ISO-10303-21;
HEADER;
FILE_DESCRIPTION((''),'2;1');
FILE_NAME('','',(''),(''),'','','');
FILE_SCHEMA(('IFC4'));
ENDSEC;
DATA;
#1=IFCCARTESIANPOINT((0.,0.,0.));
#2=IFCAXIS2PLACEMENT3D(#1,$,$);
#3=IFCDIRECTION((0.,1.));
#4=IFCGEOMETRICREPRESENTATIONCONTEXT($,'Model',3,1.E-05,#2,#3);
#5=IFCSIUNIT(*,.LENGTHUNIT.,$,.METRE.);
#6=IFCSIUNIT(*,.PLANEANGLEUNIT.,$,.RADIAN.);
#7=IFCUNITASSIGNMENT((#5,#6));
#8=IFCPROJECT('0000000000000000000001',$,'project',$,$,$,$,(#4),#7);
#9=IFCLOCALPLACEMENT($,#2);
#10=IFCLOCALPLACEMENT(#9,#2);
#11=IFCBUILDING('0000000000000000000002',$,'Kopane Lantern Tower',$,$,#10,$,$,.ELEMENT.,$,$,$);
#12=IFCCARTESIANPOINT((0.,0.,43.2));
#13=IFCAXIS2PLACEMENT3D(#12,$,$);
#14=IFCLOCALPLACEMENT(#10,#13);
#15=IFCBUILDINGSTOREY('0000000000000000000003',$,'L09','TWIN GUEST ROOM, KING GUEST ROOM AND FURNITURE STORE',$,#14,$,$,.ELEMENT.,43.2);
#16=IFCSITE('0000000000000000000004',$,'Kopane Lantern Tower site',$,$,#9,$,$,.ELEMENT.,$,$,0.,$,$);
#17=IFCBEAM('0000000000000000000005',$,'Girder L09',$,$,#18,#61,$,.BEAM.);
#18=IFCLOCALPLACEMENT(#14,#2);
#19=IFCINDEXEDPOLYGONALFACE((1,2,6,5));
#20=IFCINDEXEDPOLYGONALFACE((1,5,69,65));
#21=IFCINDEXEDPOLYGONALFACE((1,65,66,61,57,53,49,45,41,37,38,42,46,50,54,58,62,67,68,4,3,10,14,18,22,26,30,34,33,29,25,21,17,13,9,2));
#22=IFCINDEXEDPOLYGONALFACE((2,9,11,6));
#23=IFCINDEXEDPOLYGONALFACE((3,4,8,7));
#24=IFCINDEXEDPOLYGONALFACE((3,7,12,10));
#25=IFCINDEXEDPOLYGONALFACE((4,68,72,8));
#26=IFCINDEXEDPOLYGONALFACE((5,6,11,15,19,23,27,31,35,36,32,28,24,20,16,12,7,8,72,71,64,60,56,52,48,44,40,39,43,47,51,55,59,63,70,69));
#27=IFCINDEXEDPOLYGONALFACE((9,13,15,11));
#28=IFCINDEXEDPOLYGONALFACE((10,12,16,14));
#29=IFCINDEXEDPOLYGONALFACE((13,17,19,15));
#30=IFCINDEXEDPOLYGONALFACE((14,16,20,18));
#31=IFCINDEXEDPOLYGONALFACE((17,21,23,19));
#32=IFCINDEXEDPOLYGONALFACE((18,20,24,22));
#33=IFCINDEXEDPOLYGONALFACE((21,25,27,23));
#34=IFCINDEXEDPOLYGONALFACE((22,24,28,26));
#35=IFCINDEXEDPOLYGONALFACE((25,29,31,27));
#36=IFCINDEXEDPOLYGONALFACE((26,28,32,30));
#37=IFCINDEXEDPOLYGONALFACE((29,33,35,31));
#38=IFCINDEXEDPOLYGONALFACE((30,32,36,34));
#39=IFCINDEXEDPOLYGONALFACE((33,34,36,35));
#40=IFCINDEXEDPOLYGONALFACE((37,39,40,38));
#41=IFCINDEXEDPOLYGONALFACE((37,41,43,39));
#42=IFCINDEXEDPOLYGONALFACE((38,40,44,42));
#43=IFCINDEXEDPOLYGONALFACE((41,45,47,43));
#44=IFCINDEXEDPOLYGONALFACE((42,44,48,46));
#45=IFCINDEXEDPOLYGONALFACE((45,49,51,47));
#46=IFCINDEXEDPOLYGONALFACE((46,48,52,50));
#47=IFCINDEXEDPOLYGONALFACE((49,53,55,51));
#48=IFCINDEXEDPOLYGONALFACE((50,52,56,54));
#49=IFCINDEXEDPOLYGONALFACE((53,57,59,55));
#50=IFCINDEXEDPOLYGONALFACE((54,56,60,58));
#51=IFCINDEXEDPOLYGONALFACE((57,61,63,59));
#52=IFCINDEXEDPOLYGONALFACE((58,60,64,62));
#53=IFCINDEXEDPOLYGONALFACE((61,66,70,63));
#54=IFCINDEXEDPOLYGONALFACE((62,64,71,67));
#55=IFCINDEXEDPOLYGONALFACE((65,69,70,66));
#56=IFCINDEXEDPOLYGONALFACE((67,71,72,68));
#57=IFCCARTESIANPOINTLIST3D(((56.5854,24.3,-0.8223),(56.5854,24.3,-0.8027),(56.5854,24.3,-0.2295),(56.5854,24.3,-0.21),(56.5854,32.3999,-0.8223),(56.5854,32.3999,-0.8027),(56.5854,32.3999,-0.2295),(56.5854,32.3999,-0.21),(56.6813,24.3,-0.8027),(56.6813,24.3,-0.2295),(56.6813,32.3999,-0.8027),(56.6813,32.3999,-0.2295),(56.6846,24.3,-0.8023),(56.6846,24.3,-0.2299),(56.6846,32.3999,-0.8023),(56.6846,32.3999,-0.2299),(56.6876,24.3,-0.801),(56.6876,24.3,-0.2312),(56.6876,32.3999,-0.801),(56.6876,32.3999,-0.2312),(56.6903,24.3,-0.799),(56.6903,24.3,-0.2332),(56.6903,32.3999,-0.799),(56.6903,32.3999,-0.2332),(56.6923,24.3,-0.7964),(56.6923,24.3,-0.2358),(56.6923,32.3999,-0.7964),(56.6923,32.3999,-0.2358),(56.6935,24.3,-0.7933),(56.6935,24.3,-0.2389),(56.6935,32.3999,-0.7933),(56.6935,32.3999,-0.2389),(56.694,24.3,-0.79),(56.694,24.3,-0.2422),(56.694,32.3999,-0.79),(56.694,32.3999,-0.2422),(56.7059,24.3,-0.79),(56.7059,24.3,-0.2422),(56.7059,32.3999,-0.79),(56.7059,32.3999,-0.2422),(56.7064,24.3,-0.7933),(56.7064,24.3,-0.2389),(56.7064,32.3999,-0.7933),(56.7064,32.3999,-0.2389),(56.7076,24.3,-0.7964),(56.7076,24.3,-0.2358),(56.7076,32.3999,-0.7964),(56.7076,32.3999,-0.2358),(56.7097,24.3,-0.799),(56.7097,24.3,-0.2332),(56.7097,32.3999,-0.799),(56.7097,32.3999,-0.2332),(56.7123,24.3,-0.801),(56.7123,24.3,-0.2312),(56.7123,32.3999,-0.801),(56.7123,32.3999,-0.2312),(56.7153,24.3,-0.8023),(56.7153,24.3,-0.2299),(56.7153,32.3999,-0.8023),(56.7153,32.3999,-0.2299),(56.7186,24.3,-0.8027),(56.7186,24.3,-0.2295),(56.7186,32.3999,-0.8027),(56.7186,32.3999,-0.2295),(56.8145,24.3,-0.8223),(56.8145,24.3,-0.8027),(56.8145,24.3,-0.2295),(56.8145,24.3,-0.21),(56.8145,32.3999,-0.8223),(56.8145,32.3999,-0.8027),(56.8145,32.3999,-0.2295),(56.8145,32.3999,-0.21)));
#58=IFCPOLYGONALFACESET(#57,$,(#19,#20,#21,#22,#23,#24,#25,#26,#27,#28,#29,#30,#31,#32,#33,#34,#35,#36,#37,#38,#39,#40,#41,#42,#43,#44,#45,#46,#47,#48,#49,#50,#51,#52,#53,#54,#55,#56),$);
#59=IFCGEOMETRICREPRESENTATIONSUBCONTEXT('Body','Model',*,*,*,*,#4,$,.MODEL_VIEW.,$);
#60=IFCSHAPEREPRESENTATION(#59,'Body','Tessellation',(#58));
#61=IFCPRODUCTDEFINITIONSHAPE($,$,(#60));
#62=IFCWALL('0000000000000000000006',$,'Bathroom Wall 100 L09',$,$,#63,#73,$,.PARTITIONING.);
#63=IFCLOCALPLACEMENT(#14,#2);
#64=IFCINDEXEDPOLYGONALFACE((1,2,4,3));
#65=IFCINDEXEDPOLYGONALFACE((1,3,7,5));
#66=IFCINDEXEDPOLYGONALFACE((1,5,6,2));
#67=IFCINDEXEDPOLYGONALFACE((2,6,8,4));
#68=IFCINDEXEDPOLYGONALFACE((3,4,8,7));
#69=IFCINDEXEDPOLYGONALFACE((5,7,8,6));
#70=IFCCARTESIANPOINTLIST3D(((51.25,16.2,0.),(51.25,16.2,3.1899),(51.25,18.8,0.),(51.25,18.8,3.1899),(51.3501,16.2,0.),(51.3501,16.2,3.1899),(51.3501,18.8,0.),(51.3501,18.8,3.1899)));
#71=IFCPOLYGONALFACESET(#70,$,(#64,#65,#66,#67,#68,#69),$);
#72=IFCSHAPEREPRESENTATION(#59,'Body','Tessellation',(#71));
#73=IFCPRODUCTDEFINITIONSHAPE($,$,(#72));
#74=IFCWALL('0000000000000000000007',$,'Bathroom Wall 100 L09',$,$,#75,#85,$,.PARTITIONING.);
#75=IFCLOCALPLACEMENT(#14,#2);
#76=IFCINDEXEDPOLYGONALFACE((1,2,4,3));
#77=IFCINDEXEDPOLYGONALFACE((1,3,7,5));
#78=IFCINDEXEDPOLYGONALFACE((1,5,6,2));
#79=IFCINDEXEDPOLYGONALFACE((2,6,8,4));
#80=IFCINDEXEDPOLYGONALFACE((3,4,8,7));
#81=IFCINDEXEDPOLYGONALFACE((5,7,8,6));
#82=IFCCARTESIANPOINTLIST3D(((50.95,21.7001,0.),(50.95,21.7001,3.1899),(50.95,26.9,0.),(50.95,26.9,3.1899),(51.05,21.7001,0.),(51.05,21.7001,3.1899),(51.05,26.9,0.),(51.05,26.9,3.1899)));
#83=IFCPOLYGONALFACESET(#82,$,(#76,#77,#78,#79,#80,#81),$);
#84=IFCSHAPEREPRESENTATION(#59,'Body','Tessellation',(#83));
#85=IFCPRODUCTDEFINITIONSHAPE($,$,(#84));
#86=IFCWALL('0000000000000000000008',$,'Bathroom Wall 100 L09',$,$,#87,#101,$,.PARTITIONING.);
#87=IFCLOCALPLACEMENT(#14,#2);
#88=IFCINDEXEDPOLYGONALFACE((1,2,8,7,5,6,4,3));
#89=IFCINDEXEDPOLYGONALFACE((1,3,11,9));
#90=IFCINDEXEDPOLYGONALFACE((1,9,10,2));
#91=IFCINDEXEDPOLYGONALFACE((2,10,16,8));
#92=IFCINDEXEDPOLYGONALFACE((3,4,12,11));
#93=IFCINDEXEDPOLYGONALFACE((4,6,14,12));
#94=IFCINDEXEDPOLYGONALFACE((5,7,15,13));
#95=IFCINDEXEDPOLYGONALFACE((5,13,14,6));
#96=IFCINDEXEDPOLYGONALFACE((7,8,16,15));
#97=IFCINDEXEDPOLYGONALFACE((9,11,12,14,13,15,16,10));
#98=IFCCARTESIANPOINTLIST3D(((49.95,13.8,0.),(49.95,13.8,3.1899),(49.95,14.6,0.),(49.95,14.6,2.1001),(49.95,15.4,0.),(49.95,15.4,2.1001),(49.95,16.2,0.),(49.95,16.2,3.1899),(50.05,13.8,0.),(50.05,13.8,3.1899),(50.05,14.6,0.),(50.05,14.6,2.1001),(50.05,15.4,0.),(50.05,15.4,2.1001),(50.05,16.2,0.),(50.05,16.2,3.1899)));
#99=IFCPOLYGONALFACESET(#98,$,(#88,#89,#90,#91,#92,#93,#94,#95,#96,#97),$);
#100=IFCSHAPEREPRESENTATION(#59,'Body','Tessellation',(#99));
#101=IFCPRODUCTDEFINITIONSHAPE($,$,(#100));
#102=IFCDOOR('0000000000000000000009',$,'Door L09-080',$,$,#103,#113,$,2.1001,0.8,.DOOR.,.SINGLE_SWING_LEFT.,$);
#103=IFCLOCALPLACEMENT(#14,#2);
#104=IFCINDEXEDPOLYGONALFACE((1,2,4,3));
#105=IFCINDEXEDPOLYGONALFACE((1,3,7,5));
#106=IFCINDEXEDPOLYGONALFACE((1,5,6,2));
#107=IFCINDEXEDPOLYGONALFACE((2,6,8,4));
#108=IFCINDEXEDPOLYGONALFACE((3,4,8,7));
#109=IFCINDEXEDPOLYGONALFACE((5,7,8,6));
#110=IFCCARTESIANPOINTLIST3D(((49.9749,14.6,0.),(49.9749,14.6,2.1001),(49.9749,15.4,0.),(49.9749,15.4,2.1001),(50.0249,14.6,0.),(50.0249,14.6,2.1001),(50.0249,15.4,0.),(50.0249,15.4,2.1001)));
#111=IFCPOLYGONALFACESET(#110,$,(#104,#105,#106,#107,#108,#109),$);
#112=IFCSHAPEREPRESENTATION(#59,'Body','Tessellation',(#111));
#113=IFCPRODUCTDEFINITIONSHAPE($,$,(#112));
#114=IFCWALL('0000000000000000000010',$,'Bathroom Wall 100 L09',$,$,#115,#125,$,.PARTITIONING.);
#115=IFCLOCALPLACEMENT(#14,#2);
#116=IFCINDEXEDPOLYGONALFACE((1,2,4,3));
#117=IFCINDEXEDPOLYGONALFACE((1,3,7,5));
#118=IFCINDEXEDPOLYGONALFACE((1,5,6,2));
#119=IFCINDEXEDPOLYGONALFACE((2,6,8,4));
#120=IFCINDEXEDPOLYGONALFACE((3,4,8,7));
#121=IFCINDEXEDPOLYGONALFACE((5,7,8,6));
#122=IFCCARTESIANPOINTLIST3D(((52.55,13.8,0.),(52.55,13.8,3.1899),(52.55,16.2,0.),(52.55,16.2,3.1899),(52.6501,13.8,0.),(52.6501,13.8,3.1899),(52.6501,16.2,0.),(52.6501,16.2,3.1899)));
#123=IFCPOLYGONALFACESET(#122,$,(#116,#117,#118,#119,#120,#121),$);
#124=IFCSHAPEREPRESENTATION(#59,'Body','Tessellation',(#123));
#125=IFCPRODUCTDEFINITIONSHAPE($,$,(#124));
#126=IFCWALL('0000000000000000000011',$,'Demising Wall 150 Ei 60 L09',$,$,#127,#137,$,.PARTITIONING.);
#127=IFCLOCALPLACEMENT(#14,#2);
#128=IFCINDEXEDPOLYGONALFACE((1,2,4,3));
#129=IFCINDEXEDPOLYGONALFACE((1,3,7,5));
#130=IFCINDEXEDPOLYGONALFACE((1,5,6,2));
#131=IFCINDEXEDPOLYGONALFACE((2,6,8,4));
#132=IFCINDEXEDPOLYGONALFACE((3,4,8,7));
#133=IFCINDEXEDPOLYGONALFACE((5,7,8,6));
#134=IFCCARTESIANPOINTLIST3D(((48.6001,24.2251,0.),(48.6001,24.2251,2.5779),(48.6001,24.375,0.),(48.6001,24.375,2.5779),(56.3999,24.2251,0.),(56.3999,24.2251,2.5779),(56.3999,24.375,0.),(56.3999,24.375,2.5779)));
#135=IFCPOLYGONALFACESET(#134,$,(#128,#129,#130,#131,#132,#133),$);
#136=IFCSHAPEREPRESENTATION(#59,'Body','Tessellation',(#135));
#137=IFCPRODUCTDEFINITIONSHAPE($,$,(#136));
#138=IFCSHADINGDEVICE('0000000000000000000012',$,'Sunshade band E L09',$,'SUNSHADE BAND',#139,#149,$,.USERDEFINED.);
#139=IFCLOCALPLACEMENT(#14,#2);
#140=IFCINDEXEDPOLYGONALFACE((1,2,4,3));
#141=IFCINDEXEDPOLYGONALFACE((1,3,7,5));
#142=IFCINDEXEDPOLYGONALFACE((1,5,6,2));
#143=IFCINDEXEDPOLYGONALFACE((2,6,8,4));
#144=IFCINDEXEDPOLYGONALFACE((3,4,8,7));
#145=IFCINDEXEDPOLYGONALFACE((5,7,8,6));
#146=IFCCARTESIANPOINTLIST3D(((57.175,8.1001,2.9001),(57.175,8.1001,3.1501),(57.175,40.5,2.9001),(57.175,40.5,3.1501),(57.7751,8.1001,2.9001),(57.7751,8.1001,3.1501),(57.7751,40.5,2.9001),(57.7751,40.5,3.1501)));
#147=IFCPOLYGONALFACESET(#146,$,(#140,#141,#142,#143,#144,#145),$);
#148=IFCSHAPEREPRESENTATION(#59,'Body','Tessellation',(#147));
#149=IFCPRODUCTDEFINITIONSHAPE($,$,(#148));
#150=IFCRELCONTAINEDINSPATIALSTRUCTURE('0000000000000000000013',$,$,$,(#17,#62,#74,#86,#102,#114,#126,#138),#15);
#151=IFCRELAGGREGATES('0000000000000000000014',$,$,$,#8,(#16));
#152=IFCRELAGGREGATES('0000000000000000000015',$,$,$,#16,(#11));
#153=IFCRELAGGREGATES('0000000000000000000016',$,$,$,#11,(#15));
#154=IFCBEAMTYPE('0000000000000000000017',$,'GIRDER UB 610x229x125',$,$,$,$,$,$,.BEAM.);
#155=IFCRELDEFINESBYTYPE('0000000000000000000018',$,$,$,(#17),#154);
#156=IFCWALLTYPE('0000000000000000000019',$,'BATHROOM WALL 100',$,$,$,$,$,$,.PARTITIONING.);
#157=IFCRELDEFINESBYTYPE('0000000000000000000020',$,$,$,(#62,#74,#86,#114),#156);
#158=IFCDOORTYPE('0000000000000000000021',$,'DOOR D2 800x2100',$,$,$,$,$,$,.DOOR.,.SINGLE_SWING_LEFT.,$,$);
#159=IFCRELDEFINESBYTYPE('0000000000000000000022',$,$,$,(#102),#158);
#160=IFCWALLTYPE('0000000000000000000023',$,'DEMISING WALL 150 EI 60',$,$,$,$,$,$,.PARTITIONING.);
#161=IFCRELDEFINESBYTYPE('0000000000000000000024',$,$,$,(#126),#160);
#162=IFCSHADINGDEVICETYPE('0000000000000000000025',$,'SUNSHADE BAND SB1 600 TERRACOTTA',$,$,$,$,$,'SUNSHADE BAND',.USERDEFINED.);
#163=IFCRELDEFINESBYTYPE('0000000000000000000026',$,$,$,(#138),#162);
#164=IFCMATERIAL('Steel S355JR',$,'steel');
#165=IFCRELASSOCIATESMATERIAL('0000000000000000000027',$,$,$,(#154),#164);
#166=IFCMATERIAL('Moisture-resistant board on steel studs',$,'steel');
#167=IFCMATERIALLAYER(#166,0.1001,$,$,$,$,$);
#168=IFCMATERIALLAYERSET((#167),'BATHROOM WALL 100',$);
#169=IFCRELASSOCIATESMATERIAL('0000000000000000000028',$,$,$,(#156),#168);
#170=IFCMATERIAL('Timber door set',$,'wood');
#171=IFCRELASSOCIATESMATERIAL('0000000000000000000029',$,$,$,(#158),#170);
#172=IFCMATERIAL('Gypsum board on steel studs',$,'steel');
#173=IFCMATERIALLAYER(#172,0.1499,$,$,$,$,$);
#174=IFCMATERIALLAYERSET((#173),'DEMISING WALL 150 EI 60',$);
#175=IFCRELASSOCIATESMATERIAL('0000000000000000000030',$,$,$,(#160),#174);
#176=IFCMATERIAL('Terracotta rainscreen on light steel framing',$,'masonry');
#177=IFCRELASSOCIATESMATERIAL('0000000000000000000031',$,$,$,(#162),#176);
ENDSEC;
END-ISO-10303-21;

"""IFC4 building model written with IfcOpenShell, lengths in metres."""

from ifc_helpers import new_model, si_unit, direction, frame, frame_2d, origin, origin_2d, place, context, subcontext, project, spatial, rectangle, i_section, extrude, material, layer, layer_set, material_profile, profile_set, type_object, element, fill, save


model = new_model("IFC4")

# Units and contexts
model_context = context("Model", 3, precision=1e-05, world=origin(), true_north=direction((0.0, 1.0)))
body_context = subcontext(model_context, "Body", "Model", "MODEL_VIEW")
ifc_project = project(units=[si_unit("LENGTHUNIT", "METRE"), si_unit("PLANEANGLEUNIT", "RADIAN")], contexts=[model_context])

# Site, building, storey
site_placement = place(None, origin())
site = spatial("IfcSite", under=ifc_project, at=site_placement, Name="Kopane Lantern Tower site", CompositionType="ELEMENT", RefElevation=0.0)
building_placement = place(site_placement, origin())
building = spatial("IfcBuilding", under=site, at=building_placement, Name="Kopane Lantern Tower", CompositionType="ELEMENT")
storey_placement = place(building_placement, frame((0.0, 0.0, 43.2)))
storey = spatial("IfcBuildingStorey", under=building, at=storey_placement, Name="L09", Description="TWIN GUEST ROOM, KING GUEST ROOM AND FURNITURE STORE", CompositionType="ELEMENT", Elevation=43.2)

# Beam
ifc_material_1 = material(Name="Steel S355JR", Category="steel")
ifc_material_profile_1 = material_profile(ifc_material_1, i_section(OverallWidth=0.229, OverallDepth=0.6123, WebThickness=0.012, FlangeThickness=0.0195, FilletRadius=0.0127, at=origin_2d()), Name="UB 610x229x125")
ifc_profile_set_1 = profile_set([ifc_material_profile_1], Name="Steel S355JR")
beam_type = type_object("IfcBeamType", Name="GIRDER UB 610x229x125", PredefinedType="BEAM", material=ifc_profile_set_1)
beam_1_placement = place(storey_placement, frame((56.7, 24.3, -0.5161), z_axis=(0.0, 1.0, 0.0), x_axis=(-1.0, 0.0, 0.0)))
element("IfcBeam", 1, at=beam_1_placement, inside=storey, type_object=beam_type, Name="Girder L09", PredefinedType="BEAM", context=body_context, shape_type="SweptSolid", body=[
    extrude(i_section(OverallWidth=0.229, OverallDepth=0.6123, WebThickness=0.012, FlangeThickness=0.0195, FilletRadius=0.0127, at=origin_2d()), origin(), (0.0, 0.0, 1.0), 8.0999),
])

# Walls
ifc_material_2 = material(Name="Moisture-resistant board on steel studs", Category="steel")
ifc_layer_1 = layer(ifc_material_2, 0.1001)
ifc_layer_set_1 = layer_set([ifc_layer_1], Name="BATHROOM WALL 100")
wall_type_1 = type_object("IfcWallType", Name="BATHROOM WALL 100", PredefinedType="PARTITIONING", material=ifc_layer_set_1)
wall_1_placement = place(storey_placement, frame((51.3, 16.2, 0.0), z_axis=(0.0, 0.0, 1.0), x_axis=(0.0, 1.0, 0.0)))
element("IfcWall", 2, at=wall_1_placement, inside=storey, type_object=wall_type_1, Name="Bathroom Wall 100 L09", PredefinedType="PARTITIONING", context=body_context, shape_type="SweptSolid", body=[
    extrude(rectangle(XDim=2.6001, YDim=0.1001, at=frame_2d((1.3, 0.0))), origin(), (0.0, 0.0, 1.0), 3.1899),
])
wall_2_placement = place(storey_placement, frame((51.0, 21.7, 0.0), z_axis=(0.0, 0.0, 1.0), x_axis=(0.0, 1.0, 0.0)))
element("IfcWall", 3, at=wall_2_placement, inside=storey, type_object=wall_type_1, Name="Bathroom Wall 100 L09", PredefinedType="PARTITIONING", context=body_context, shape_type="SweptSolid", body=[
    extrude(rectangle(XDim=5.2, YDim=0.1001, at=frame_2d((2.6001, 0.0))), origin(), (0.0, 0.0, 1.0), 3.1899),
])

# Wall, opening, door
wall_3_placement = place(storey_placement, frame((50.0, 16.2, 0.0), z_axis=(0.0, 0.0, 1.0), x_axis=(0.0, -1.0, 0.0)))
wall_3 = element("IfcWall", 4, at=wall_3_placement, inside=storey, type_object=wall_type_1, Name="Bathroom Wall 100 L09", PredefinedType="PARTITIONING", context=body_context, shape_type="SweptSolid", body=[
    extrude(rectangle(XDim=2.3999, YDim=0.1001, at=frame_2d((1.2, 0.0))), origin(), (0.0, 0.0, 1.0), 3.1899),
])
opening_placement = place(wall_3_placement, frame((0.8, 0.0, 0.0)))
opening = element("IfcOpeningElement", 5, at=opening_placement, cuts=wall_3, PredefinedType="OPENING", context=body_context, shape_type="SweptSolid", body=[
    extrude(rectangle(XDim=0.8, YDim=2.1001, at=frame_2d((0.3999, 1.05))), frame((0.0, 0.0601, 0.0), z_axis=(0.0, -1.0, 0.0), x_axis=(1.0, 0.0, 0.0)), (0.0, 0.0, 1.0), 0.1201),
])
ifc_material_3 = material(Name="Timber door set", Category="wood")
door_type = type_object("IfcDoorType", Name="DOOR D2 800x2100", OperationType="SINGLE_SWING_LEFT", PredefinedType="DOOR", material=ifc_material_3)
door_placement = place(opening_placement, origin())
door = element("IfcDoor", 6, at=door_placement, inside=storey, type_object=door_type, Name="Door L09-080", OperationType="SINGLE_SWING_LEFT", OverallHeight=2.1001, OverallWidth=0.8, PredefinedType="DOOR", context=body_context, shape_type="SweptSolid", body=[
    extrude(rectangle(XDim=0.8, YDim=2.1001, at=frame_2d((0.3999, 1.05))), frame((0.0, 0.0249, 0.0), z_axis=(0.0, -1.0, 0.0), x_axis=(1.0, 0.0, 0.0)), (0.0, 0.0, 1.0), 0.05),
])
fill(opening, door)

# Walls
wall_4_placement = place(storey_placement, frame((52.6001, 16.2, 0.0), z_axis=(0.0, 0.0, 1.0), x_axis=(0.0, -1.0, 0.0)))
element("IfcWall", 7, at=wall_4_placement, inside=storey, type_object=wall_type_1, Name="Bathroom Wall 100 L09", PredefinedType="PARTITIONING", context=body_context, shape_type="SweptSolid", body=[
    extrude(rectangle(XDim=2.3999, YDim=0.1001, at=frame_2d((1.2, 0.0))), origin(), (0.0, 0.0, 1.0), 3.1899),
])
ifc_material_4 = material(Name="Gypsum board on steel studs", Category="steel")
ifc_layer_2 = layer(ifc_material_4, 0.1499)
ifc_layer_set_2 = layer_set([ifc_layer_2], Name="DEMISING WALL 150 EI 60")
wall_type_2 = type_object("IfcWallType", Name="DEMISING WALL 150 EI 60", PredefinedType="PARTITIONING", material=ifc_layer_set_2)
wall_5_placement = place(storey_placement, frame((48.6001, 24.3, 0.0), z_axis=(0.0, 0.0, 1.0), x_axis=(1.0, 0.0, 0.0)))
element("IfcWall", 8, at=wall_5_placement, inside=storey, type_object=wall_type_2, Name="Demising Wall 150 Ei 60 L09", PredefinedType="PARTITIONING", context=body_context, shape_type="SweptSolid", body=[
    extrude(rectangle(XDim=7.7998, YDim=0.1499, at=frame_2d((3.8999, 0.0))), origin(), (0.0, 0.0, 1.0), 2.5779),
])

# Shading device
ifc_material_5 = material(Name="Terracotta rainscreen on light steel framing", Category="masonry")
shading_device_type = type_object("IfcShadingDeviceType", Name="SUNSHADE BAND SB1 600 TERRACOTTA", ElementType="SUNSHADE BAND", PredefinedType="USERDEFINED", material=ifc_material_5)
shading_device_placement = place(storey_placement, frame((57.4751, 24.3, 2.9001), z_axis=(0.0, 0.0, 1.0), x_axis=(0.0, 1.0, 0.0)))
element("IfcShadingDevice", 9, at=shading_device_placement, inside=storey, type_object=shading_device_type, Name="Sunshade band E L09", ObjectType="SUNSHADE BAND", PredefinedType="USERDEFINED", context=body_context, shape_type="SweptSolid", body=[
    extrude(rectangle(XDim=32.3999, YDim=0.6001, at=origin_2d()), origin(), (0.0, 0.0, 1.0), 0.25),
])

save(model, "model.ifc")
